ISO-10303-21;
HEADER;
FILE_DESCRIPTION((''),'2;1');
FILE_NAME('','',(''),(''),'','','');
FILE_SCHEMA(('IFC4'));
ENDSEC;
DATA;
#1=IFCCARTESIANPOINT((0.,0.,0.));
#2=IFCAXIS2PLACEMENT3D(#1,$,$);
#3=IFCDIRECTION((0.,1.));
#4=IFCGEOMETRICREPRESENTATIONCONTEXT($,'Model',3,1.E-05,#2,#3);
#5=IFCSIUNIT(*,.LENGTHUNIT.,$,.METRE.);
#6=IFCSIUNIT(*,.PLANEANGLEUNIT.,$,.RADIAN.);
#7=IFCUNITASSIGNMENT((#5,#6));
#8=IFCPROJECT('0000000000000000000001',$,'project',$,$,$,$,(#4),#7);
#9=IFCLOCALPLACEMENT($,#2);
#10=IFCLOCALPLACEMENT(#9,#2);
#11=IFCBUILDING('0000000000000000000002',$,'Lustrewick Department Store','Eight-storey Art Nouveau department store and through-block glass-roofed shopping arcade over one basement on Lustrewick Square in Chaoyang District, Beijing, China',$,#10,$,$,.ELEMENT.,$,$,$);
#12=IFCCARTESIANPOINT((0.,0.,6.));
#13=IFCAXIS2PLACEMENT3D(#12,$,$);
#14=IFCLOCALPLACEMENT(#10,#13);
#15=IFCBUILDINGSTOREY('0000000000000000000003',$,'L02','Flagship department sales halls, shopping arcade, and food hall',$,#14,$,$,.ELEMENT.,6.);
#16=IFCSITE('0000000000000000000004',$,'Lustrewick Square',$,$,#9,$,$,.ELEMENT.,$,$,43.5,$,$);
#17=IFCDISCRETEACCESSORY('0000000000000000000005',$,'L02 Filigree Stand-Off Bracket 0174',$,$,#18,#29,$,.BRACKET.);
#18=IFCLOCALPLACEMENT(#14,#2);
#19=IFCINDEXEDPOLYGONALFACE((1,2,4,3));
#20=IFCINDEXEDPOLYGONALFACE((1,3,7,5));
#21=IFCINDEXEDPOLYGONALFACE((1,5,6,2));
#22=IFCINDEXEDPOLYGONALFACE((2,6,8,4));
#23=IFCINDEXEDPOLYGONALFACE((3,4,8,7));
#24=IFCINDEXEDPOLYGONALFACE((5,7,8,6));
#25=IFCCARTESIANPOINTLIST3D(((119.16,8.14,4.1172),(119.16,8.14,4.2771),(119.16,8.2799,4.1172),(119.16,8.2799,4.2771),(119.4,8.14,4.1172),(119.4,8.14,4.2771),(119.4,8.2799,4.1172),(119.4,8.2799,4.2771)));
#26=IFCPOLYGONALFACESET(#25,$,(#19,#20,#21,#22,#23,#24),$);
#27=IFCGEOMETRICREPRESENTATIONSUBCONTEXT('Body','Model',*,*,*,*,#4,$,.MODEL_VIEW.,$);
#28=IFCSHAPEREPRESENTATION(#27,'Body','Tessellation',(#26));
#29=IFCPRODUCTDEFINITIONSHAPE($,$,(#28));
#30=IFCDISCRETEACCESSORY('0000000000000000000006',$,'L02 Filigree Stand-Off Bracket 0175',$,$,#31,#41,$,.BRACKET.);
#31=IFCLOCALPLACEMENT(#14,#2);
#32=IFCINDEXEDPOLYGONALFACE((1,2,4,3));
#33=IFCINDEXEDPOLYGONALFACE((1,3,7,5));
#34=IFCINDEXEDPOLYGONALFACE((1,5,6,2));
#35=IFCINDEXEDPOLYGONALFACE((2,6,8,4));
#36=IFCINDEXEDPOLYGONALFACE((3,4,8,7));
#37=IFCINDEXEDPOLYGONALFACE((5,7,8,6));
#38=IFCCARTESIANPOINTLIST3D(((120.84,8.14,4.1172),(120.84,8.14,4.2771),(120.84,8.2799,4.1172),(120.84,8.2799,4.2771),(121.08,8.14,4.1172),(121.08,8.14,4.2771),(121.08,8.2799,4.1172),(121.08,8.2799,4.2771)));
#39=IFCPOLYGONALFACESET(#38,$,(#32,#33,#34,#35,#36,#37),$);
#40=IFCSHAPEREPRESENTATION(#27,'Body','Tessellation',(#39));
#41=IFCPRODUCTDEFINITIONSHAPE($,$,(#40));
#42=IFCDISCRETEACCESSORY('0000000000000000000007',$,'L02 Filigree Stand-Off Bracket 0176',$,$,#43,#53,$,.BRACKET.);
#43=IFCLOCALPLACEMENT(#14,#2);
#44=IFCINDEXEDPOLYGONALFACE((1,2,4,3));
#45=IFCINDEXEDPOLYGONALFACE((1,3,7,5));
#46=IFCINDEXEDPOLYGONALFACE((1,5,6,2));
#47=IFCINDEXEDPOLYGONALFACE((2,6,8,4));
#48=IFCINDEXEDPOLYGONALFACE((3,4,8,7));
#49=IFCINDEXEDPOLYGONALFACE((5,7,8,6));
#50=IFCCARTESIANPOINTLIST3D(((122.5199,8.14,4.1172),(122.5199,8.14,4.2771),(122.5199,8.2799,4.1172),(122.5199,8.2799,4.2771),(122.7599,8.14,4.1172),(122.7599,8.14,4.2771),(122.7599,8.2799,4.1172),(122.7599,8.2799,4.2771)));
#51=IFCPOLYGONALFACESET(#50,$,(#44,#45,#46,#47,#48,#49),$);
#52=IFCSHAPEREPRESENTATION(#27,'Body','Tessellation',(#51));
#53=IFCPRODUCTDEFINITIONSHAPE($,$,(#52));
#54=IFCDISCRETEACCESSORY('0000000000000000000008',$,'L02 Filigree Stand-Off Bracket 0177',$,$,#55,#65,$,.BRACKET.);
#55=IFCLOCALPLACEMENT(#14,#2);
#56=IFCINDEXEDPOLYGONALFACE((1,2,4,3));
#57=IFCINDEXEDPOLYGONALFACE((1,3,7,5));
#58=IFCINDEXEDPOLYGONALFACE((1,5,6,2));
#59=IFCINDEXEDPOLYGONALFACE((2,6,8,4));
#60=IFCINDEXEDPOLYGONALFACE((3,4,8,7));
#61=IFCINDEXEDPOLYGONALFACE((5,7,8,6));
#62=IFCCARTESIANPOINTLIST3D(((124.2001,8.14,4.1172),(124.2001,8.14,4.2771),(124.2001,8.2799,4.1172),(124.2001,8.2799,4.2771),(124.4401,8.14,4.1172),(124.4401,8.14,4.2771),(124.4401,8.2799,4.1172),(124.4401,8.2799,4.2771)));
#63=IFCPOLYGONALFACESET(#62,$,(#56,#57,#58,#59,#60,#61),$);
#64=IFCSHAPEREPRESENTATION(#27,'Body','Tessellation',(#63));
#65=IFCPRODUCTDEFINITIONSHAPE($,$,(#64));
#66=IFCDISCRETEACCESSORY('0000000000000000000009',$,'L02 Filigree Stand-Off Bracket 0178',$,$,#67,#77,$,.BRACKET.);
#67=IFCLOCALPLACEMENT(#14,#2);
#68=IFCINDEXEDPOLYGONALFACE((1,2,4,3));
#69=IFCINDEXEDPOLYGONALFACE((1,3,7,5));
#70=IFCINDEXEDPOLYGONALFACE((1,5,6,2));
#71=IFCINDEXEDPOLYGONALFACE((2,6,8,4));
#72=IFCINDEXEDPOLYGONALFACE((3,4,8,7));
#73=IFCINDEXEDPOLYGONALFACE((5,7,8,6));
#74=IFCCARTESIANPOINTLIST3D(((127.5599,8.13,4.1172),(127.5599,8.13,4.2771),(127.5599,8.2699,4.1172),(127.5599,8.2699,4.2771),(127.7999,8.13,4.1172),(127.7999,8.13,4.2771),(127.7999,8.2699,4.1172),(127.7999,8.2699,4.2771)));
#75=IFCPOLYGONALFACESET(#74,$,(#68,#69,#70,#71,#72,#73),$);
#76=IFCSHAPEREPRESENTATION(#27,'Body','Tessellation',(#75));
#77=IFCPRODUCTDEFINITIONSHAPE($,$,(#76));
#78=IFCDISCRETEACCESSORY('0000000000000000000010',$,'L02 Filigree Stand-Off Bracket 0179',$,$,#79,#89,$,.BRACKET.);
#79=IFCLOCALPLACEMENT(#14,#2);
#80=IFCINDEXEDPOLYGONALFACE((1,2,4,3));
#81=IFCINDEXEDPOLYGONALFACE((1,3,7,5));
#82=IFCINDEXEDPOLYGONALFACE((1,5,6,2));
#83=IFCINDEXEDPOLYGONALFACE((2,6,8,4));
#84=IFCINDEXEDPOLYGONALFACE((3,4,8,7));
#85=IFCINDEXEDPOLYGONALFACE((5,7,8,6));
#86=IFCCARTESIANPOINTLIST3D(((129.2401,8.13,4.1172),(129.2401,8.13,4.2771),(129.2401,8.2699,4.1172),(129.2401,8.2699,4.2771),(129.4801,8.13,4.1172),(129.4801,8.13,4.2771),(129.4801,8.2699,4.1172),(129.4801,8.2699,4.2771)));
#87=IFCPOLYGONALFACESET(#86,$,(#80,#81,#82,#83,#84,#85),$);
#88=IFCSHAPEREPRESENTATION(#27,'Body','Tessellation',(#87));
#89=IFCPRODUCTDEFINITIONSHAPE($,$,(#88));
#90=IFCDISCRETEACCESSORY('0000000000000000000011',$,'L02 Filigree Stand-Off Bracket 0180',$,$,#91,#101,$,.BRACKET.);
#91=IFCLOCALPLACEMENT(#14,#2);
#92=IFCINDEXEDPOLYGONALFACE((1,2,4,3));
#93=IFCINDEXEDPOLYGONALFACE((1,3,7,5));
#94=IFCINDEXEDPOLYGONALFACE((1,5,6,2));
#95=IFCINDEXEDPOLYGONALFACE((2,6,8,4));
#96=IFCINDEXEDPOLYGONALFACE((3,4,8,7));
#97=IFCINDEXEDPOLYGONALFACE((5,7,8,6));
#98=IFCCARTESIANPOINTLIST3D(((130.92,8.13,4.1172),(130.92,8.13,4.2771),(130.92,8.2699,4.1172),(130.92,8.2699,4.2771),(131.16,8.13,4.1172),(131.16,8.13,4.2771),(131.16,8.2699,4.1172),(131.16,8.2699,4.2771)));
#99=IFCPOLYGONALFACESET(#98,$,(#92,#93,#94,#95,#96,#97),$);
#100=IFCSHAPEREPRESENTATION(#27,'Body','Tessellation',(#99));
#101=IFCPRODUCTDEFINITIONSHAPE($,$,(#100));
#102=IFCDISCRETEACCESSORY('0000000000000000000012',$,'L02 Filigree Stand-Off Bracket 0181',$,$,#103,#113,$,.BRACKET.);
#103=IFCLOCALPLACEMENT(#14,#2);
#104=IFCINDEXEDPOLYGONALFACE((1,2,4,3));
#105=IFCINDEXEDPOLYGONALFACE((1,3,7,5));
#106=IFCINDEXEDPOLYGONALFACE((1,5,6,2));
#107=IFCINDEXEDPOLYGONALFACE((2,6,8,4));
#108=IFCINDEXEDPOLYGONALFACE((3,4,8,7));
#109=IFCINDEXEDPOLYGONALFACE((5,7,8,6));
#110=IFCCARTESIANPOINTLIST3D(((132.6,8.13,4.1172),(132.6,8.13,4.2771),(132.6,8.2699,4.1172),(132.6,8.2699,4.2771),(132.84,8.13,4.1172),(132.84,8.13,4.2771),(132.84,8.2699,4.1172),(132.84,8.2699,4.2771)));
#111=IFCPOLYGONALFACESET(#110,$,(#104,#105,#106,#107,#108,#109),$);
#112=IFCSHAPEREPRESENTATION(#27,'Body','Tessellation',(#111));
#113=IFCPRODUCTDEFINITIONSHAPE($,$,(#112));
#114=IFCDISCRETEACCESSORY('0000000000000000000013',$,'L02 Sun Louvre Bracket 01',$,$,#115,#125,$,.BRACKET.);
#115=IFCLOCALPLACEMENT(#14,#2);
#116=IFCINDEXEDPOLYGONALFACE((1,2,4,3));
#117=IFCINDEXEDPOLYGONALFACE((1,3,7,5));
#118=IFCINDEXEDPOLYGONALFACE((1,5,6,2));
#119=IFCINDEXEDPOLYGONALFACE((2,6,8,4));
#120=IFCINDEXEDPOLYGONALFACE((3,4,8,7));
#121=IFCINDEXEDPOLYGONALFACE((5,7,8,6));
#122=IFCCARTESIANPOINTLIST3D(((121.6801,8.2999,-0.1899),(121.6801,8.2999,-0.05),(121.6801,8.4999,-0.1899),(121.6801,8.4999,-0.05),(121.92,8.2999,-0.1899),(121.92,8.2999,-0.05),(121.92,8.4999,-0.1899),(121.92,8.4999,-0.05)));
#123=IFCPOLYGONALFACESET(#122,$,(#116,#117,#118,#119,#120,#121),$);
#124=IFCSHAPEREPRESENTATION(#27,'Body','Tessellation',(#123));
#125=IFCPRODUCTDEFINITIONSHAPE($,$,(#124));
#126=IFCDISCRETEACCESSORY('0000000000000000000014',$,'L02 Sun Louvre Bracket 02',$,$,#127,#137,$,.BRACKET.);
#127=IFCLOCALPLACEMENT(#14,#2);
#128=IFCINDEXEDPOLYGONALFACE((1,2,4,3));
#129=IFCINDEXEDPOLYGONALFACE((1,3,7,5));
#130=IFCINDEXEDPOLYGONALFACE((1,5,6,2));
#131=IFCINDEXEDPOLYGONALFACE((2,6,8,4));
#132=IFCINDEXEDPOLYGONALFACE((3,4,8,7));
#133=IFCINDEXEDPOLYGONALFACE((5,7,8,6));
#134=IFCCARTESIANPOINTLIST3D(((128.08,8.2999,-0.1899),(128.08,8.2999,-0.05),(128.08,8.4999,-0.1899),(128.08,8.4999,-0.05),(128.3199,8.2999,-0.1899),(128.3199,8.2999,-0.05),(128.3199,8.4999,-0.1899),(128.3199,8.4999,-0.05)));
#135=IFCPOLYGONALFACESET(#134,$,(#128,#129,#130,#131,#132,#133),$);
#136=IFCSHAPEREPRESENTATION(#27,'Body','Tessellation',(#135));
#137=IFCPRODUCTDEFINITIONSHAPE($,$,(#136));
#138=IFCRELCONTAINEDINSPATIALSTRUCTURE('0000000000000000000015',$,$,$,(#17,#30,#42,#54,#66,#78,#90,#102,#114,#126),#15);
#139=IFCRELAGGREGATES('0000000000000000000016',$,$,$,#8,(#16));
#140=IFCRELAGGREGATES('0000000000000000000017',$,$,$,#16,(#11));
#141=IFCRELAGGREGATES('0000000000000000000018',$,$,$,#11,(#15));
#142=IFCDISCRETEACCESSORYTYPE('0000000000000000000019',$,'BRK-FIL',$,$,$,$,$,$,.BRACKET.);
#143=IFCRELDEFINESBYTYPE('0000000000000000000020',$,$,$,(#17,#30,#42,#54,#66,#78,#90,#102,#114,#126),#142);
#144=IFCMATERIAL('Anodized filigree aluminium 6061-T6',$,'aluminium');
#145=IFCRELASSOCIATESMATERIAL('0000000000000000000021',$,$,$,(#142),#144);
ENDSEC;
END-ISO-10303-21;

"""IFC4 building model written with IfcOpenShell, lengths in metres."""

from ifc_helpers import new_model, si_unit, direction, frame, origin, origin_2d, place, context, subcontext, project, spatial, rectangle, extrude, material, type_object, element, save


model = new_model("IFC4")

# Units and contexts
model_context = context("Model", 3, precision=1e-05, world=origin(), true_north=direction((0.0, 1.0)))
body_context = subcontext(model_context, "Body", "Model", "MODEL_VIEW")
ifc_project = project(units=[si_unit("LENGTHUNIT", "METRE"), si_unit("PLANEANGLEUNIT", "RADIAN")], contexts=[model_context])

# Site, building, storey
site_placement = place(None, origin())
site = spatial("IfcSite", under=ifc_project, at=site_placement, Name="Lustrewick Square", CompositionType="ELEMENT", RefElevation=43.5)
building_placement = place(site_placement, origin())
building = spatial("IfcBuilding", under=site, at=building_placement, Name="Lustrewick Department Store", Description="Eight-storey Art Nouveau department store and through-block glass-roofed shopping arcade over one basement on Lustrewick Square in Chaoyang District, Beijing, China", CompositionType="ELEMENT")
storey_placement = place(building_placement, frame((0.0, 0.0, 6.0)))
storey = spatial("IfcBuildingStorey", under=building, at=storey_placement, Name="L02", Description="Flagship department sales halls, shopping arcade, and food hall", CompositionType="ELEMENT", Elevation=6.0)

# Discrete accessories
ifc_material_1 = material(Name="Anodized filigree aluminium 6061-T6", Category="aluminium")
discrete_accessory_type = type_object("IfcDiscreteAccessoryType", Name="BRK-FIL", PredefinedType="BRACKET", material=ifc_material_1)
for number, where, z_axis, x_axis, name in (
    (1, (119.28, 8.21, 4.1172), (0.0, 0.0, 1.0), (1.0, 0.0, 0.0), "L02 Filigree Stand-Off Bracket 0174"),
    (2, (120.96, 8.21, 4.1172), (0.0, 0.0, 1.0), (1.0, 0.0, 0.0), "L02 Filigree Stand-Off Bracket 0175"),
    (3, (122.6399, 8.21, 4.1172), (0.0, 0.0, 1.0), (1.0, 0.0, 0.0), "L02 Filigree Stand-Off Bracket 0176"),
    (4, (124.3201, 8.21, 4.1172), (0.0, 0.0, 1.0), (1.0, 0.0, 0.0), "L02 Filigree Stand-Off Bracket 0177"),
    (5, (127.6799, 8.2, 4.1172), (0.0, 0.0, 1.0), (1.0, 0.0, 0.0), "L02 Filigree Stand-Off Bracket 0178"),
    (6, (129.3601, 8.2, 4.1172), (0.0, 0.0, 1.0), (1.0, 0.0, 0.0), "L02 Filigree Stand-Off Bracket 0179"),
    (7, (131.04, 8.2, 4.1172), (0.0, 0.0, 1.0), (1.0, 0.0, 0.0), "L02 Filigree Stand-Off Bracket 0180"),
    (8, (132.72, 8.2, 4.1172), (0.0, 0.0, 1.0), (1.0, 0.0, 0.0), "L02 Filigree Stand-Off Bracket 0181"),
):
    element("IfcDiscreteAccessory", number, at=place(storey_placement, frame(where, z_axis=z_axis, x_axis=x_axis)), inside=storey, type_object=discrete_accessory_type, Name=name, PredefinedType="BRACKET", context=body_context, shape_type="SweptSolid", body=[
        extrude(rectangle(XDim=0.24, YDim=0.1399, at=origin_2d()), origin(), (0.0, 0.0, 1.0), 0.1599),
    ])
for number, where, z_axis, x_axis, name in (
    (9, (121.8, 8.3999, -0.1899), (0.0, 0.0, 1.0), (1.0, 0.0, 0.0), "L02 Sun Louvre Bracket 01"),
    (10, (128.2, 8.3999, -0.1899), (0.0, 0.0, 1.0), (1.0, 0.0, 0.0), "L02 Sun Louvre Bracket 02"),
):
    element("IfcDiscreteAccessory", number, at=place(storey_placement, frame(where, z_axis=z_axis, x_axis=x_axis)), inside=storey, type_object=discrete_accessory_type, Name=name, PredefinedType="BRACKET", context=body_context, shape_type="SweptSolid", body=[
        extrude(rectangle(XDim=0.24, YDim=0.2, at=origin_2d()), origin(), (0.0, 0.0, 1.0), 0.1399),
    ])

save(model, "model.ifc")
